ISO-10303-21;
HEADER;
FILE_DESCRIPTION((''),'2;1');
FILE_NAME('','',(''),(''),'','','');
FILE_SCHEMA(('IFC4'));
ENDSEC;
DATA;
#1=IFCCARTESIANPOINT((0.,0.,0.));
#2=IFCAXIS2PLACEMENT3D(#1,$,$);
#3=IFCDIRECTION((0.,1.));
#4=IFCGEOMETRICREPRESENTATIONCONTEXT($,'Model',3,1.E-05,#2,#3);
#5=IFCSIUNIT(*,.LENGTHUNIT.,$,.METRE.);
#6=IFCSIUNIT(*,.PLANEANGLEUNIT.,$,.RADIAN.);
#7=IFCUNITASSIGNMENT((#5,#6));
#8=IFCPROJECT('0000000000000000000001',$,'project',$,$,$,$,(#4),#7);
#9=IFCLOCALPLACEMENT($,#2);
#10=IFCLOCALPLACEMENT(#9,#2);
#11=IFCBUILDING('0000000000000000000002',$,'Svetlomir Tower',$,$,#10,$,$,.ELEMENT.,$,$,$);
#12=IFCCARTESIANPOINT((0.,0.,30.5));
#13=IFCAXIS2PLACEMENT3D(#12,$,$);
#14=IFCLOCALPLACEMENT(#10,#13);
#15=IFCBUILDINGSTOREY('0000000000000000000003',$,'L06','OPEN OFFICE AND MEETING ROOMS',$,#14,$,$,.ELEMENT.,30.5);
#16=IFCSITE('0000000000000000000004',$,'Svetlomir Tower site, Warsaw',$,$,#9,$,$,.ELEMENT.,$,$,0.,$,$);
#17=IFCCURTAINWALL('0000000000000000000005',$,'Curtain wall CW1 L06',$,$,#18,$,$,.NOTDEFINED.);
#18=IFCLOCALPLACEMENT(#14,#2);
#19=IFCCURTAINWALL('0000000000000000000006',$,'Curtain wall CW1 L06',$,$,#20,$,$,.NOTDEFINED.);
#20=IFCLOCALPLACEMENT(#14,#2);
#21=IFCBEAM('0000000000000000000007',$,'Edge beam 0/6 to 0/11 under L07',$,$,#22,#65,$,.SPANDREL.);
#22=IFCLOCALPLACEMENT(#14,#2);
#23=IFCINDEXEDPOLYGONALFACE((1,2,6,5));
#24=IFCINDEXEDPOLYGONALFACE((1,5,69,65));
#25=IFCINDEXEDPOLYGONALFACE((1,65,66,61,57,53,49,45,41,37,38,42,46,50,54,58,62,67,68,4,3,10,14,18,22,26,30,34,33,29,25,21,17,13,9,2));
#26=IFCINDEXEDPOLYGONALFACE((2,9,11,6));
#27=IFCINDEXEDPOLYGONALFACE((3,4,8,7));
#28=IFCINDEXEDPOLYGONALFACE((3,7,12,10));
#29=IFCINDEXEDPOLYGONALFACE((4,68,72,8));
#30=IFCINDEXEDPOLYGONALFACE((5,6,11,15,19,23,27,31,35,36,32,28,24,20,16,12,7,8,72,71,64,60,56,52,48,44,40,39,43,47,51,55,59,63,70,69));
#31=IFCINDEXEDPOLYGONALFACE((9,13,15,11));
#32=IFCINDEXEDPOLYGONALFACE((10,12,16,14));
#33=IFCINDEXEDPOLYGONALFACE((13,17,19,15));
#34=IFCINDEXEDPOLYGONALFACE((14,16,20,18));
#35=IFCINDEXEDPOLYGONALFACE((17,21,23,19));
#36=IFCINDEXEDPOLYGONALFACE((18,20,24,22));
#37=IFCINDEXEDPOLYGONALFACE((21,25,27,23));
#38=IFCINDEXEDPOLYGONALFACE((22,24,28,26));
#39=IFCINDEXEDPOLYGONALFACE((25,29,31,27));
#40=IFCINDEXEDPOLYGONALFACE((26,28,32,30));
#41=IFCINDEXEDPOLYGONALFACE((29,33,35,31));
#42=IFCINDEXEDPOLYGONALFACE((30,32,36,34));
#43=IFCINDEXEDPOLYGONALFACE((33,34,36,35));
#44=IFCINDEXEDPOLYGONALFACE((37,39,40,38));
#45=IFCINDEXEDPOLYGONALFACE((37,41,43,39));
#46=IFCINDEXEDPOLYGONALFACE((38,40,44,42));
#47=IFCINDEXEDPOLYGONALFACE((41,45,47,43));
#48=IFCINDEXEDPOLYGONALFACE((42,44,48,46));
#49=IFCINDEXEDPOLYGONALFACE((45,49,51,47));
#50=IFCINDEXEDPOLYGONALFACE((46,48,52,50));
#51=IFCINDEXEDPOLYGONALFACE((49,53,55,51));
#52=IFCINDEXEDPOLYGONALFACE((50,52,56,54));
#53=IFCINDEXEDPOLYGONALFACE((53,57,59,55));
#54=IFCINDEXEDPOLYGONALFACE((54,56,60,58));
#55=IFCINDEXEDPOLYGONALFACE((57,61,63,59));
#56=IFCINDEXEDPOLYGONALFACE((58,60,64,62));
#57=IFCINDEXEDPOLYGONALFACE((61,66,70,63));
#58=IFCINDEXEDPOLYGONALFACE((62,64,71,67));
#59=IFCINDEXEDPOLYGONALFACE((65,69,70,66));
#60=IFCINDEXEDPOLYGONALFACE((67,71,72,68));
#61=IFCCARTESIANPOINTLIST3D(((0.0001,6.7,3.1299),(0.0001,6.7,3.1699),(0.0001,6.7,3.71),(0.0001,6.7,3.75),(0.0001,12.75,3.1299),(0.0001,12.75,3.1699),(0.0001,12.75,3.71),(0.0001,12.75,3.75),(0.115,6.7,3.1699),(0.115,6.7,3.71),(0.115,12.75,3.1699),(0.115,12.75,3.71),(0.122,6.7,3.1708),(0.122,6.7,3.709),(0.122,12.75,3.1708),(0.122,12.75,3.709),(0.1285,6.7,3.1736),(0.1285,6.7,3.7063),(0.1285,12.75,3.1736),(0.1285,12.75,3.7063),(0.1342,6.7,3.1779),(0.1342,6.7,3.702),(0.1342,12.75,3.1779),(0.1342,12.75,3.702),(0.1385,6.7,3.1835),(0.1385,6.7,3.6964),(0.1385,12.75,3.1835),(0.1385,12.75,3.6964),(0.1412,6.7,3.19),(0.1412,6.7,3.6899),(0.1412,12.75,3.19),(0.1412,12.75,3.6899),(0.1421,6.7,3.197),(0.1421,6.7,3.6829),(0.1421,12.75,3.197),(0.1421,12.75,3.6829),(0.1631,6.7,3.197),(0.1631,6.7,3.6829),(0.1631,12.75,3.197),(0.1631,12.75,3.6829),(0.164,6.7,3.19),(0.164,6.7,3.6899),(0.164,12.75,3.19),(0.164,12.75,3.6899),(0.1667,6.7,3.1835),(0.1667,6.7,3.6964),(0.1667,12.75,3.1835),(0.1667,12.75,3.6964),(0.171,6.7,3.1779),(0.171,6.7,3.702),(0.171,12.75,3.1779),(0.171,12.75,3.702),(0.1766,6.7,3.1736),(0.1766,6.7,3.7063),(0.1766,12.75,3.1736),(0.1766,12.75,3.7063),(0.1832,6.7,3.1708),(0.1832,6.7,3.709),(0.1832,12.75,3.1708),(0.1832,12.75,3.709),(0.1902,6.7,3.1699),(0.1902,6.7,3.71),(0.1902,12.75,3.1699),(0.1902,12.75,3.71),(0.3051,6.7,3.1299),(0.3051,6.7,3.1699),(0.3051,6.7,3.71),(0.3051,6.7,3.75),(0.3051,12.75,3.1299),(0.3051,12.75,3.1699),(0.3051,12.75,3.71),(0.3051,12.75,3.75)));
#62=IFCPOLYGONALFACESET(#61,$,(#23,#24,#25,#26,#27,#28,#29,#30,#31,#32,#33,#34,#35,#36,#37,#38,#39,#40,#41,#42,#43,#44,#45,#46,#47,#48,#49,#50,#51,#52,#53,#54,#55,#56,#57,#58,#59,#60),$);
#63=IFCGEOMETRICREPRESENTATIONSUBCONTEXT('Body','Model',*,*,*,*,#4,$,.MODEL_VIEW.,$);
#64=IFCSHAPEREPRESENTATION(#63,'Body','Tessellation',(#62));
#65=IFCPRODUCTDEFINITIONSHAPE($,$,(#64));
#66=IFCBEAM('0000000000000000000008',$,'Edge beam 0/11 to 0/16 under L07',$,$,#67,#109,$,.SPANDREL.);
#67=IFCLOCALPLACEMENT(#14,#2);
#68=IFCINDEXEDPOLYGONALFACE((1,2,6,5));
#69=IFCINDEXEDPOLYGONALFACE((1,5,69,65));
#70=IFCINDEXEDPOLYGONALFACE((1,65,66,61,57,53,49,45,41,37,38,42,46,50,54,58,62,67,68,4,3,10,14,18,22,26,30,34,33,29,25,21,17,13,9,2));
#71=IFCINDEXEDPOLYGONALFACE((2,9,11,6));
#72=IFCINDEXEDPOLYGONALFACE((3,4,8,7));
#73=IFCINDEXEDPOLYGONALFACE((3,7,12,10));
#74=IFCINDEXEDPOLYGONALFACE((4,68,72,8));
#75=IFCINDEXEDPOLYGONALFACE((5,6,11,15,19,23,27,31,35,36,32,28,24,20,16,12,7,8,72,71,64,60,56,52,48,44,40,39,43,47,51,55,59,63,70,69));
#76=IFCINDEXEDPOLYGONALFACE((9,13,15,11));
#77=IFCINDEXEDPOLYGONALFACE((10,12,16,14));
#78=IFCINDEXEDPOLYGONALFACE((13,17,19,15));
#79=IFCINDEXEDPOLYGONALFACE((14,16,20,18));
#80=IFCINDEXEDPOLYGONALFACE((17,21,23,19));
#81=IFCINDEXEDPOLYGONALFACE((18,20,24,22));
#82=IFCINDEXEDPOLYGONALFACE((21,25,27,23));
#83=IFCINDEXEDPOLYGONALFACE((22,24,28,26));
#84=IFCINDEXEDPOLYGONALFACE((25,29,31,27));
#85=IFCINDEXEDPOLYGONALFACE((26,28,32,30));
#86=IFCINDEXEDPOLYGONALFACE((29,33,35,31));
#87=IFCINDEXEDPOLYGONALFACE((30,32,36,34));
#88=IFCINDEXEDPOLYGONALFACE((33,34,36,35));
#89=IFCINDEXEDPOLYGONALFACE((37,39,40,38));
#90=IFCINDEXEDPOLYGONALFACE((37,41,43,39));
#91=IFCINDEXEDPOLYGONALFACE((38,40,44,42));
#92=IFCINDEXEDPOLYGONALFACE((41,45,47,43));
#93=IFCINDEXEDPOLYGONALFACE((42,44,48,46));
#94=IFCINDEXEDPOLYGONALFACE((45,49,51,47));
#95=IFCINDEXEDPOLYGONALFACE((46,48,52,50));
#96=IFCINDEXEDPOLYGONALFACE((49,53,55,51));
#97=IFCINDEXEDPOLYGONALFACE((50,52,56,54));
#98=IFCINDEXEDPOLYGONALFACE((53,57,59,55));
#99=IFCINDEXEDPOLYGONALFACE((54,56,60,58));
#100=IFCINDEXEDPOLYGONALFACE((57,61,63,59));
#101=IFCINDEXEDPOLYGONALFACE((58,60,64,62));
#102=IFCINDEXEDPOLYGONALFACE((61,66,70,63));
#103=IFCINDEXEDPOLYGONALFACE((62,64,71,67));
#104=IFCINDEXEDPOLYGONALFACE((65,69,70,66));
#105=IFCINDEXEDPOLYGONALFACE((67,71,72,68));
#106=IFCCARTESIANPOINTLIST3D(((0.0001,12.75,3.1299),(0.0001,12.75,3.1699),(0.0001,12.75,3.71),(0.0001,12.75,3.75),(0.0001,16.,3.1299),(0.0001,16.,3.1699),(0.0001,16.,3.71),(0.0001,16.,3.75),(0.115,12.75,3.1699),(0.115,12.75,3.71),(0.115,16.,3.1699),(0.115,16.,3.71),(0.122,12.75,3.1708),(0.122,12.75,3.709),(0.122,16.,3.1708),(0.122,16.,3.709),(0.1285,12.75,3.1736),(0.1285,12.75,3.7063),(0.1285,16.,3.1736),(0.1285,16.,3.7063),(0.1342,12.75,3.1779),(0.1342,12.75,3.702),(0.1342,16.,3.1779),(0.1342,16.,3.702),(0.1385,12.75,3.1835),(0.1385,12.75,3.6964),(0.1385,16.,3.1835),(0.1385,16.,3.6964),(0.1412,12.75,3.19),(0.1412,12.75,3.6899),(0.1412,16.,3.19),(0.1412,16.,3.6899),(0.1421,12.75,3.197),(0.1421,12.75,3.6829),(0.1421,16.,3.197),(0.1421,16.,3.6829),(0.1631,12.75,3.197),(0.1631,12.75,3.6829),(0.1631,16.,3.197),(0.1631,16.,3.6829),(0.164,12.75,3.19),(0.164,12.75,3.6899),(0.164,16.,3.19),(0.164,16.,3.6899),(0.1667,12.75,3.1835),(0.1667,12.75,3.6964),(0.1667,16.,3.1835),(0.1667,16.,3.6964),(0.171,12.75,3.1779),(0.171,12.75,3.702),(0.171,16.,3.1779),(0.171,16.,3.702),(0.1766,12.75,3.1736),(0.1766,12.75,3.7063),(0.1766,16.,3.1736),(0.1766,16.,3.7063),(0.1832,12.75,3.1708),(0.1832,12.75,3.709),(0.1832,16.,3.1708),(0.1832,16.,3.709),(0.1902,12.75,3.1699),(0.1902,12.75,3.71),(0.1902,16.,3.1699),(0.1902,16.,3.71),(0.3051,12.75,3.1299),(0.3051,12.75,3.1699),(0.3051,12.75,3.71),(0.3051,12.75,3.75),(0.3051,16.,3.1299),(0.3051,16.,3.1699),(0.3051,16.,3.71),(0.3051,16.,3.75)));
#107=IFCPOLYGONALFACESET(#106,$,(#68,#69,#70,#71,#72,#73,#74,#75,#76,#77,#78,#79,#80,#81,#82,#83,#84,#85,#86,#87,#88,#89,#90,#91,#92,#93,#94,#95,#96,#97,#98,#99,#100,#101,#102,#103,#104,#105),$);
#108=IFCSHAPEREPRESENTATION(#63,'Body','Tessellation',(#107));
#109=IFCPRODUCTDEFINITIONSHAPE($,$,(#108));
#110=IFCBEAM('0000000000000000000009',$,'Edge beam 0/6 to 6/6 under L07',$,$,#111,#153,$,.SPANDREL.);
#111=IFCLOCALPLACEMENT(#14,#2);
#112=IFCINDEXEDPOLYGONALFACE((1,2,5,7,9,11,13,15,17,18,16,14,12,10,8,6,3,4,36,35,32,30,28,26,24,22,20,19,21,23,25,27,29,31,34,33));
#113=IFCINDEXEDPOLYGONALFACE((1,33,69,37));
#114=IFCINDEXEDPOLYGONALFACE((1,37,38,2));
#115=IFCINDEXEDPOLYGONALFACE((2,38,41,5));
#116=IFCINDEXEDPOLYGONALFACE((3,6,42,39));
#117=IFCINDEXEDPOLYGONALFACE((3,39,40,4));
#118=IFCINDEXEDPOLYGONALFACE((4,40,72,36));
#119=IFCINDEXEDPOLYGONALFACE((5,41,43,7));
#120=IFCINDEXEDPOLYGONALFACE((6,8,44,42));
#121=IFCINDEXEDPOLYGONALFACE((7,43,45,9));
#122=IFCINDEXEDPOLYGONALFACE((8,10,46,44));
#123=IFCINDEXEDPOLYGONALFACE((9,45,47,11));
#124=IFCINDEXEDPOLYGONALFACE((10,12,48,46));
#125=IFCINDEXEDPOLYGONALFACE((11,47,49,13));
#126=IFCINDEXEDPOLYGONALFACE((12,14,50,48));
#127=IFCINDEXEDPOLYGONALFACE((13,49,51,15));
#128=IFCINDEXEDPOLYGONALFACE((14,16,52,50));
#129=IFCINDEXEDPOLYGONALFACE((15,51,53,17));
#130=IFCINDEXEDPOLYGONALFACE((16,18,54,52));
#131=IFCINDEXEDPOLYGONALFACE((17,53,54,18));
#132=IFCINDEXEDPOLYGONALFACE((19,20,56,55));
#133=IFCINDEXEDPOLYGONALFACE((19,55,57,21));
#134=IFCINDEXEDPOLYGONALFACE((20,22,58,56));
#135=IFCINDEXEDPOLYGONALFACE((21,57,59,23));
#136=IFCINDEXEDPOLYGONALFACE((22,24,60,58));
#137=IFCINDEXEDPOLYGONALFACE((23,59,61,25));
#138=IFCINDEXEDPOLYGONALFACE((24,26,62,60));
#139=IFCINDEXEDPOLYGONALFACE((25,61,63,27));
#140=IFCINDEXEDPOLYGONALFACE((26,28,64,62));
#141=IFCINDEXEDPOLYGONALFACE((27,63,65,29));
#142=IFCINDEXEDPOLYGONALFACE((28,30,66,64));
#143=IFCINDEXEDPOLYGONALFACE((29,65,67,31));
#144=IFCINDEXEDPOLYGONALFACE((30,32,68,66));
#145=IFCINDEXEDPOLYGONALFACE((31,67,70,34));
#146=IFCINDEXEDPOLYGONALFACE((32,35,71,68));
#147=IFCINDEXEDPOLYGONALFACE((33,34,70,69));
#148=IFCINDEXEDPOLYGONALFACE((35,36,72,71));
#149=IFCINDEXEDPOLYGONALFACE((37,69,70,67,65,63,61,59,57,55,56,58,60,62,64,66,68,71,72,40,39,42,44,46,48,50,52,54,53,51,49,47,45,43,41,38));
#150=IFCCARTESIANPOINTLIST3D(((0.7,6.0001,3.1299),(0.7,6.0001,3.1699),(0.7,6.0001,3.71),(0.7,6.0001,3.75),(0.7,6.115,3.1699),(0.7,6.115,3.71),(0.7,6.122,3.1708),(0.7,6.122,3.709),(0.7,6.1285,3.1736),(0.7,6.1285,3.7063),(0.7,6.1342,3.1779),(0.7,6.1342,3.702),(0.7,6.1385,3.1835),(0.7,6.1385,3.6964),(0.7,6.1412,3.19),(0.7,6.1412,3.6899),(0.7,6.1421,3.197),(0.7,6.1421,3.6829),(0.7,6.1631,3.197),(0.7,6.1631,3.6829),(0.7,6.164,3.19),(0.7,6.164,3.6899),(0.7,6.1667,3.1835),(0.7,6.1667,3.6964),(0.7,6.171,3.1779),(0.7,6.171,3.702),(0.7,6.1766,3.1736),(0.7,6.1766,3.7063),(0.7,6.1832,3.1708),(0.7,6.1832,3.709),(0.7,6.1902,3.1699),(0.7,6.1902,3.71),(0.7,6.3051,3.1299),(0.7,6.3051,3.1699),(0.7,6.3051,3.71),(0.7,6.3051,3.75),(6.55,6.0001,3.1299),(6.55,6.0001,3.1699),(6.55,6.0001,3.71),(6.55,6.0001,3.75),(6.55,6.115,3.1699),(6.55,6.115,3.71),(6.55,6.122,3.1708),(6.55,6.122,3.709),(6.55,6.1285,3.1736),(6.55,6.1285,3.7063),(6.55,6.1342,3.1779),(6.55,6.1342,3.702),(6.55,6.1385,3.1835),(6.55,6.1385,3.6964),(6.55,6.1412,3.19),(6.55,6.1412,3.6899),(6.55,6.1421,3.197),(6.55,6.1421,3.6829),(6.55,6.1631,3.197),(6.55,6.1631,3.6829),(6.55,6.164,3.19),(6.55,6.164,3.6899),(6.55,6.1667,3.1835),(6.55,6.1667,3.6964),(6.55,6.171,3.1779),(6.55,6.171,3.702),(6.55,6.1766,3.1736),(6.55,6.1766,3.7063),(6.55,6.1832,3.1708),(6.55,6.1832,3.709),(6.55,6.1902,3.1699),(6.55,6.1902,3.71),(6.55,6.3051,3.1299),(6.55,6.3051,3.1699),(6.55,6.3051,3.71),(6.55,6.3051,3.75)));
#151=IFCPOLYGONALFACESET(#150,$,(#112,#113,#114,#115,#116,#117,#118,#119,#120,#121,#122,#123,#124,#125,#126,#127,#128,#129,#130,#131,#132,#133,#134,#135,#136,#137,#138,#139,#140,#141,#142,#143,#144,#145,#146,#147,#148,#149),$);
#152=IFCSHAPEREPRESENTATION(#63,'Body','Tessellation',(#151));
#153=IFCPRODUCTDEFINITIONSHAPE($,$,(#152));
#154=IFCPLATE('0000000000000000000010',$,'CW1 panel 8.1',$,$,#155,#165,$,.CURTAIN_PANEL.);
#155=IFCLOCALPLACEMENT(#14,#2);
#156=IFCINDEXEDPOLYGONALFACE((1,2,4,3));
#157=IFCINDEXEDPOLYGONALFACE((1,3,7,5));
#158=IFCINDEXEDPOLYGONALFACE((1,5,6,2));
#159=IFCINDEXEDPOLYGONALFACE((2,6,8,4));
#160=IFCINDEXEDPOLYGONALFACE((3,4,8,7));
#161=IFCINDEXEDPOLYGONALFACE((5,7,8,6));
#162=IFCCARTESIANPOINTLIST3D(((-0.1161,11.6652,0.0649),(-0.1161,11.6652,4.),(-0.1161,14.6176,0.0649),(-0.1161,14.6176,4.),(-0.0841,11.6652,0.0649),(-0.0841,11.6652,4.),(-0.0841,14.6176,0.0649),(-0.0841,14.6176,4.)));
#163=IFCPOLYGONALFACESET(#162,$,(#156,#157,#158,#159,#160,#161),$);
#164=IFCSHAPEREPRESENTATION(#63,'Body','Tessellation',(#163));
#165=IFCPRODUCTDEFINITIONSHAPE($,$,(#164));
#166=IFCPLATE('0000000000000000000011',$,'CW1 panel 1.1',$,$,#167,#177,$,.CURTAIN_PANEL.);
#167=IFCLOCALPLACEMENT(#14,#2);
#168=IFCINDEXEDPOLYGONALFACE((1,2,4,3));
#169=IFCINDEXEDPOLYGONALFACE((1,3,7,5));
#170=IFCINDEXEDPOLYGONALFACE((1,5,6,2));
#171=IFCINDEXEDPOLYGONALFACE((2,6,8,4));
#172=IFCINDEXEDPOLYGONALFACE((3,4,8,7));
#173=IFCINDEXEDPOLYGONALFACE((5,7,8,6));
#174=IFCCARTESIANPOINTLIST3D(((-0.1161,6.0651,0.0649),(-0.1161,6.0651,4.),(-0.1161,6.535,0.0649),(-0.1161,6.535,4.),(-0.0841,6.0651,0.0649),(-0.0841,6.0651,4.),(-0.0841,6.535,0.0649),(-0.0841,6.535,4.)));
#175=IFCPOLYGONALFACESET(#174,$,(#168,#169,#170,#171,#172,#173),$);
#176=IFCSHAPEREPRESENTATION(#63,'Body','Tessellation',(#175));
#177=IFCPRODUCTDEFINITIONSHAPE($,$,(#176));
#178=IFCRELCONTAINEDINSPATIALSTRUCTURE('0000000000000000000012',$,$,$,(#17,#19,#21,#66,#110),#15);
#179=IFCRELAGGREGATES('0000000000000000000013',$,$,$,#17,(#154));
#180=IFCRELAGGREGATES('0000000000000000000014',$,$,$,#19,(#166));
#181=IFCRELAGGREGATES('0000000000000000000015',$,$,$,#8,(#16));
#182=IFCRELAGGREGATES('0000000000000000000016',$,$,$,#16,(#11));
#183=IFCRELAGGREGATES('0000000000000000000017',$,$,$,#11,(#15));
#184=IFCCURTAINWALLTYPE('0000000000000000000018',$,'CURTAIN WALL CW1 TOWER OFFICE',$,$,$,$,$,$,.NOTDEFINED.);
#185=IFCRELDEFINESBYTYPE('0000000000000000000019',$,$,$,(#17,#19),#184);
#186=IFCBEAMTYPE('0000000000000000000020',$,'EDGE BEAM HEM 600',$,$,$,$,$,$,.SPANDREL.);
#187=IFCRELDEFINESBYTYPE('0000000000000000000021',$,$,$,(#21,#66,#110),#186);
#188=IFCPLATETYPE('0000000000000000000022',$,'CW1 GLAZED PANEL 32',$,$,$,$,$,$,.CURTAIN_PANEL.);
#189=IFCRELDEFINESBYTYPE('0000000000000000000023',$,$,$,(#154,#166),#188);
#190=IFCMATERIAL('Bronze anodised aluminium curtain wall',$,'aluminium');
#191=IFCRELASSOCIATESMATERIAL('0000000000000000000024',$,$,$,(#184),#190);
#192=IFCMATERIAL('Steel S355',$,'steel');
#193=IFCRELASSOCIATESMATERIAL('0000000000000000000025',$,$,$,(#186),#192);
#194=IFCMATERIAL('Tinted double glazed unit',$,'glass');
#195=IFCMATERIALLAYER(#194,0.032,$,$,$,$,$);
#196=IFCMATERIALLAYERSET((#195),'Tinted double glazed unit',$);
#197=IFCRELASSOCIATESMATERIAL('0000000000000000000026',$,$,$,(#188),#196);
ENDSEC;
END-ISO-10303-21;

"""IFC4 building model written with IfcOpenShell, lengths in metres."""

from ifc_helpers import new_model, si_unit, direction, frame, origin, origin_2d, place, context, subcontext, project, spatial, rectangle, i_section, extrude, material, layer, layer_set, material_profile, profile_set, type_object, element, aggregate, save


model = new_model("IFC4")

# Units and contexts
model_context = context("Model", 3, precision=1e-05, world=origin(), true_north=direction((0.0, 1.0)))
body_context = subcontext(model_context, "Body", "Model", "MODEL_VIEW")
ifc_project = project(units=[si_unit("LENGTHUNIT", "METRE"), si_unit("PLANEANGLEUNIT", "RADIAN")], contexts=[model_context])

# Site, building, storey
site_placement = place(None, origin())
site = spatial("IfcSite", under=ifc_project, at=site_placement, Name="Svetlomir Tower site, Warsaw", CompositionType="ELEMENT", RefElevation=0.0)
building_placement = place(site_placement, origin())
building = spatial("IfcBuilding", under=site, at=building_placement, Name="Svetlomir Tower", CompositionType="ELEMENT")
storey_placement = place(building_placement, frame((0.0, 0.0, 30.5)))
storey = spatial("IfcBuildingStorey", under=building, at=storey_placement, Name="L06", Description="OPEN OFFICE AND MEETING ROOMS", CompositionType="ELEMENT", Elevation=30.5)

# Curtain walls
ifc_material_1 = material(Name="Bronze anodised aluminium curtain wall", Category="aluminium")
curtain_wall_type = type_object("IfcCurtainWallType", Name="CURTAIN WALL CW1 TOWER OFFICE", PredefinedType="NOTDEFINED", material=ifc_material_1)
curtain_wall_1_placement = place(storey_placement, origin())
curtain_wall_1 = element("IfcCurtainWall", 1, at=curtain_wall_1_placement, inside=storey, type_object=curtain_wall_type, Name="Curtain wall CW1 L06", PredefinedType="NOTDEFINED")
curtain_wall_2_placement = place(storey_placement, origin())
curtain_wall_2 = element("IfcCurtainWall", 2, at=curtain_wall_2_placement, inside=storey, type_object=curtain_wall_type, Name="Curtain wall CW1 L06", PredefinedType="NOTDEFINED")

# Beams
ifc_material_2 = material(Name="Steel S355", Category="steel")
ifc_material_profile_1 = material_profile(ifc_material_2, i_section(OverallWidth=0.3049, OverallDepth=0.6201, WebThickness=0.021, FlangeThickness=0.04, FilletRadius=0.0271, at=origin_2d()), Name="HEM 600")
ifc_profile_set_1 = profile_set([ifc_material_profile_1], Name="Steel S355")
beam_type_1 = type_object("IfcBeamType", Name="EDGE BEAM HEM 600", PredefinedType="SPANDREL", material=ifc_profile_set_1)
beam_1_placement = place(storey_placement, frame((0.1526, 6.7, 3.4399), z_axis=(0.0, 1.0, 0.0), x_axis=(-1.0, 0.0, 0.0)))
element("IfcBeam", 3, at=beam_1_placement, inside=storey, type_object=beam_type_1, Name="Edge beam 0/6 to 0/11 under L07", PredefinedType="SPANDREL", context=body_context, shape_type="SweptSolid", body=[
    extrude(i_section(OverallWidth=0.3049, OverallDepth=0.6201, WebThickness=0.021, FlangeThickness=0.04, FilletRadius=0.0271, at=origin_2d()), origin(), (0.0, 0.0, 1.0), 6.05),
])
beam_2_placement = place(storey_placement, frame((0.1526, 12.75, 3.4399), z_axis=(0.0, 1.0, 0.0), x_axis=(-1.0, 0.0, 0.0)))
element("IfcBeam", 4, at=beam_2_placement, inside=storey, type_object=beam_type_1, Name="Edge beam 0/11 to 0/16 under L07", PredefinedType="SPANDREL", context=body_context, shape_type="SweptSolid", body=[
    extrude(i_section(OverallWidth=0.3049, OverallDepth=0.6201, WebThickness=0.021, FlangeThickness=0.04, FilletRadius=0.0271, at=origin_2d()), origin(), (0.0, 0.0, 1.0), 3.25),
])
beam_3_placement = place(storey_placement, frame((0.7, 6.1526, 3.4399), z_axis=(1.0, 0.0, 0.0), x_axis=(0.0, 1.0, 0.0)))
element("IfcBeam", 5, at=beam_3_placement, inside=storey, type_object=beam_type_1, Name="Edge beam 0/6 to 6/6 under L07", PredefinedType="SPANDREL", context=body_context, shape_type="SweptSolid", body=[
    extrude(i_section(OverallWidth=0.3049, OverallDepth=0.6201, WebThickness=0.021, FlangeThickness=0.04, FilletRadius=0.0271, at=origin_2d()), origin(), (0.0, 0.0, 1.0), 5.8501),
])

# Plates
ifc_material_3 = material(Name="Tinted double glazed unit", Category="glass")
ifc_layer_1 = layer(ifc_material_3, 0.032)
ifc_layer_set_1 = layer_set([ifc_layer_1], Name="Tinted double glazed unit")
plate_type = type_object("IfcPlateType", Name="CW1 GLAZED PANEL 32", PredefinedType="CURTAIN_PANEL", material=ifc_layer_set_1)
plate_1_placement = place(storey_placement, frame((-0.1001, 13.1414, 0.0649), z_axis=(0.0, 0.0, 1.0), x_axis=(0.0, -1.0, 0.0)))
plate_1 = element("IfcPlate", 6, at=plate_1_placement, type_object=plate_type, Name="CW1 panel 8.1", PredefinedType="CURTAIN_PANEL", context=body_context, shape_type="SweptSolid", body=[
    extrude(rectangle(XDim=2.9524, YDim=0.032, at=origin_2d()), origin(), (0.0, 0.0, 1.0), 3.9351),
])
aggregate(curtain_wall_1, [plate_1])
plate_2_placement = place(storey_placement, frame((-0.1001, 6.3, 0.0649), z_axis=(0.0, 0.0, 1.0), x_axis=(0.0, -1.0, 0.0)))
plate_2 = element("IfcPlate", 7, at=plate_2_placement, type_object=plate_type, Name="CW1 panel 1.1", PredefinedType="CURTAIN_PANEL", context=body_context, shape_type="SweptSolid", body=[
    extrude(rectangle(XDim=0.47, YDim=0.032, at=origin_2d()), origin(), (0.0, 0.0, 1.0), 3.9351),
])
aggregate(curtain_wall_2, [plate_2])

save(model, "model.ifc")
